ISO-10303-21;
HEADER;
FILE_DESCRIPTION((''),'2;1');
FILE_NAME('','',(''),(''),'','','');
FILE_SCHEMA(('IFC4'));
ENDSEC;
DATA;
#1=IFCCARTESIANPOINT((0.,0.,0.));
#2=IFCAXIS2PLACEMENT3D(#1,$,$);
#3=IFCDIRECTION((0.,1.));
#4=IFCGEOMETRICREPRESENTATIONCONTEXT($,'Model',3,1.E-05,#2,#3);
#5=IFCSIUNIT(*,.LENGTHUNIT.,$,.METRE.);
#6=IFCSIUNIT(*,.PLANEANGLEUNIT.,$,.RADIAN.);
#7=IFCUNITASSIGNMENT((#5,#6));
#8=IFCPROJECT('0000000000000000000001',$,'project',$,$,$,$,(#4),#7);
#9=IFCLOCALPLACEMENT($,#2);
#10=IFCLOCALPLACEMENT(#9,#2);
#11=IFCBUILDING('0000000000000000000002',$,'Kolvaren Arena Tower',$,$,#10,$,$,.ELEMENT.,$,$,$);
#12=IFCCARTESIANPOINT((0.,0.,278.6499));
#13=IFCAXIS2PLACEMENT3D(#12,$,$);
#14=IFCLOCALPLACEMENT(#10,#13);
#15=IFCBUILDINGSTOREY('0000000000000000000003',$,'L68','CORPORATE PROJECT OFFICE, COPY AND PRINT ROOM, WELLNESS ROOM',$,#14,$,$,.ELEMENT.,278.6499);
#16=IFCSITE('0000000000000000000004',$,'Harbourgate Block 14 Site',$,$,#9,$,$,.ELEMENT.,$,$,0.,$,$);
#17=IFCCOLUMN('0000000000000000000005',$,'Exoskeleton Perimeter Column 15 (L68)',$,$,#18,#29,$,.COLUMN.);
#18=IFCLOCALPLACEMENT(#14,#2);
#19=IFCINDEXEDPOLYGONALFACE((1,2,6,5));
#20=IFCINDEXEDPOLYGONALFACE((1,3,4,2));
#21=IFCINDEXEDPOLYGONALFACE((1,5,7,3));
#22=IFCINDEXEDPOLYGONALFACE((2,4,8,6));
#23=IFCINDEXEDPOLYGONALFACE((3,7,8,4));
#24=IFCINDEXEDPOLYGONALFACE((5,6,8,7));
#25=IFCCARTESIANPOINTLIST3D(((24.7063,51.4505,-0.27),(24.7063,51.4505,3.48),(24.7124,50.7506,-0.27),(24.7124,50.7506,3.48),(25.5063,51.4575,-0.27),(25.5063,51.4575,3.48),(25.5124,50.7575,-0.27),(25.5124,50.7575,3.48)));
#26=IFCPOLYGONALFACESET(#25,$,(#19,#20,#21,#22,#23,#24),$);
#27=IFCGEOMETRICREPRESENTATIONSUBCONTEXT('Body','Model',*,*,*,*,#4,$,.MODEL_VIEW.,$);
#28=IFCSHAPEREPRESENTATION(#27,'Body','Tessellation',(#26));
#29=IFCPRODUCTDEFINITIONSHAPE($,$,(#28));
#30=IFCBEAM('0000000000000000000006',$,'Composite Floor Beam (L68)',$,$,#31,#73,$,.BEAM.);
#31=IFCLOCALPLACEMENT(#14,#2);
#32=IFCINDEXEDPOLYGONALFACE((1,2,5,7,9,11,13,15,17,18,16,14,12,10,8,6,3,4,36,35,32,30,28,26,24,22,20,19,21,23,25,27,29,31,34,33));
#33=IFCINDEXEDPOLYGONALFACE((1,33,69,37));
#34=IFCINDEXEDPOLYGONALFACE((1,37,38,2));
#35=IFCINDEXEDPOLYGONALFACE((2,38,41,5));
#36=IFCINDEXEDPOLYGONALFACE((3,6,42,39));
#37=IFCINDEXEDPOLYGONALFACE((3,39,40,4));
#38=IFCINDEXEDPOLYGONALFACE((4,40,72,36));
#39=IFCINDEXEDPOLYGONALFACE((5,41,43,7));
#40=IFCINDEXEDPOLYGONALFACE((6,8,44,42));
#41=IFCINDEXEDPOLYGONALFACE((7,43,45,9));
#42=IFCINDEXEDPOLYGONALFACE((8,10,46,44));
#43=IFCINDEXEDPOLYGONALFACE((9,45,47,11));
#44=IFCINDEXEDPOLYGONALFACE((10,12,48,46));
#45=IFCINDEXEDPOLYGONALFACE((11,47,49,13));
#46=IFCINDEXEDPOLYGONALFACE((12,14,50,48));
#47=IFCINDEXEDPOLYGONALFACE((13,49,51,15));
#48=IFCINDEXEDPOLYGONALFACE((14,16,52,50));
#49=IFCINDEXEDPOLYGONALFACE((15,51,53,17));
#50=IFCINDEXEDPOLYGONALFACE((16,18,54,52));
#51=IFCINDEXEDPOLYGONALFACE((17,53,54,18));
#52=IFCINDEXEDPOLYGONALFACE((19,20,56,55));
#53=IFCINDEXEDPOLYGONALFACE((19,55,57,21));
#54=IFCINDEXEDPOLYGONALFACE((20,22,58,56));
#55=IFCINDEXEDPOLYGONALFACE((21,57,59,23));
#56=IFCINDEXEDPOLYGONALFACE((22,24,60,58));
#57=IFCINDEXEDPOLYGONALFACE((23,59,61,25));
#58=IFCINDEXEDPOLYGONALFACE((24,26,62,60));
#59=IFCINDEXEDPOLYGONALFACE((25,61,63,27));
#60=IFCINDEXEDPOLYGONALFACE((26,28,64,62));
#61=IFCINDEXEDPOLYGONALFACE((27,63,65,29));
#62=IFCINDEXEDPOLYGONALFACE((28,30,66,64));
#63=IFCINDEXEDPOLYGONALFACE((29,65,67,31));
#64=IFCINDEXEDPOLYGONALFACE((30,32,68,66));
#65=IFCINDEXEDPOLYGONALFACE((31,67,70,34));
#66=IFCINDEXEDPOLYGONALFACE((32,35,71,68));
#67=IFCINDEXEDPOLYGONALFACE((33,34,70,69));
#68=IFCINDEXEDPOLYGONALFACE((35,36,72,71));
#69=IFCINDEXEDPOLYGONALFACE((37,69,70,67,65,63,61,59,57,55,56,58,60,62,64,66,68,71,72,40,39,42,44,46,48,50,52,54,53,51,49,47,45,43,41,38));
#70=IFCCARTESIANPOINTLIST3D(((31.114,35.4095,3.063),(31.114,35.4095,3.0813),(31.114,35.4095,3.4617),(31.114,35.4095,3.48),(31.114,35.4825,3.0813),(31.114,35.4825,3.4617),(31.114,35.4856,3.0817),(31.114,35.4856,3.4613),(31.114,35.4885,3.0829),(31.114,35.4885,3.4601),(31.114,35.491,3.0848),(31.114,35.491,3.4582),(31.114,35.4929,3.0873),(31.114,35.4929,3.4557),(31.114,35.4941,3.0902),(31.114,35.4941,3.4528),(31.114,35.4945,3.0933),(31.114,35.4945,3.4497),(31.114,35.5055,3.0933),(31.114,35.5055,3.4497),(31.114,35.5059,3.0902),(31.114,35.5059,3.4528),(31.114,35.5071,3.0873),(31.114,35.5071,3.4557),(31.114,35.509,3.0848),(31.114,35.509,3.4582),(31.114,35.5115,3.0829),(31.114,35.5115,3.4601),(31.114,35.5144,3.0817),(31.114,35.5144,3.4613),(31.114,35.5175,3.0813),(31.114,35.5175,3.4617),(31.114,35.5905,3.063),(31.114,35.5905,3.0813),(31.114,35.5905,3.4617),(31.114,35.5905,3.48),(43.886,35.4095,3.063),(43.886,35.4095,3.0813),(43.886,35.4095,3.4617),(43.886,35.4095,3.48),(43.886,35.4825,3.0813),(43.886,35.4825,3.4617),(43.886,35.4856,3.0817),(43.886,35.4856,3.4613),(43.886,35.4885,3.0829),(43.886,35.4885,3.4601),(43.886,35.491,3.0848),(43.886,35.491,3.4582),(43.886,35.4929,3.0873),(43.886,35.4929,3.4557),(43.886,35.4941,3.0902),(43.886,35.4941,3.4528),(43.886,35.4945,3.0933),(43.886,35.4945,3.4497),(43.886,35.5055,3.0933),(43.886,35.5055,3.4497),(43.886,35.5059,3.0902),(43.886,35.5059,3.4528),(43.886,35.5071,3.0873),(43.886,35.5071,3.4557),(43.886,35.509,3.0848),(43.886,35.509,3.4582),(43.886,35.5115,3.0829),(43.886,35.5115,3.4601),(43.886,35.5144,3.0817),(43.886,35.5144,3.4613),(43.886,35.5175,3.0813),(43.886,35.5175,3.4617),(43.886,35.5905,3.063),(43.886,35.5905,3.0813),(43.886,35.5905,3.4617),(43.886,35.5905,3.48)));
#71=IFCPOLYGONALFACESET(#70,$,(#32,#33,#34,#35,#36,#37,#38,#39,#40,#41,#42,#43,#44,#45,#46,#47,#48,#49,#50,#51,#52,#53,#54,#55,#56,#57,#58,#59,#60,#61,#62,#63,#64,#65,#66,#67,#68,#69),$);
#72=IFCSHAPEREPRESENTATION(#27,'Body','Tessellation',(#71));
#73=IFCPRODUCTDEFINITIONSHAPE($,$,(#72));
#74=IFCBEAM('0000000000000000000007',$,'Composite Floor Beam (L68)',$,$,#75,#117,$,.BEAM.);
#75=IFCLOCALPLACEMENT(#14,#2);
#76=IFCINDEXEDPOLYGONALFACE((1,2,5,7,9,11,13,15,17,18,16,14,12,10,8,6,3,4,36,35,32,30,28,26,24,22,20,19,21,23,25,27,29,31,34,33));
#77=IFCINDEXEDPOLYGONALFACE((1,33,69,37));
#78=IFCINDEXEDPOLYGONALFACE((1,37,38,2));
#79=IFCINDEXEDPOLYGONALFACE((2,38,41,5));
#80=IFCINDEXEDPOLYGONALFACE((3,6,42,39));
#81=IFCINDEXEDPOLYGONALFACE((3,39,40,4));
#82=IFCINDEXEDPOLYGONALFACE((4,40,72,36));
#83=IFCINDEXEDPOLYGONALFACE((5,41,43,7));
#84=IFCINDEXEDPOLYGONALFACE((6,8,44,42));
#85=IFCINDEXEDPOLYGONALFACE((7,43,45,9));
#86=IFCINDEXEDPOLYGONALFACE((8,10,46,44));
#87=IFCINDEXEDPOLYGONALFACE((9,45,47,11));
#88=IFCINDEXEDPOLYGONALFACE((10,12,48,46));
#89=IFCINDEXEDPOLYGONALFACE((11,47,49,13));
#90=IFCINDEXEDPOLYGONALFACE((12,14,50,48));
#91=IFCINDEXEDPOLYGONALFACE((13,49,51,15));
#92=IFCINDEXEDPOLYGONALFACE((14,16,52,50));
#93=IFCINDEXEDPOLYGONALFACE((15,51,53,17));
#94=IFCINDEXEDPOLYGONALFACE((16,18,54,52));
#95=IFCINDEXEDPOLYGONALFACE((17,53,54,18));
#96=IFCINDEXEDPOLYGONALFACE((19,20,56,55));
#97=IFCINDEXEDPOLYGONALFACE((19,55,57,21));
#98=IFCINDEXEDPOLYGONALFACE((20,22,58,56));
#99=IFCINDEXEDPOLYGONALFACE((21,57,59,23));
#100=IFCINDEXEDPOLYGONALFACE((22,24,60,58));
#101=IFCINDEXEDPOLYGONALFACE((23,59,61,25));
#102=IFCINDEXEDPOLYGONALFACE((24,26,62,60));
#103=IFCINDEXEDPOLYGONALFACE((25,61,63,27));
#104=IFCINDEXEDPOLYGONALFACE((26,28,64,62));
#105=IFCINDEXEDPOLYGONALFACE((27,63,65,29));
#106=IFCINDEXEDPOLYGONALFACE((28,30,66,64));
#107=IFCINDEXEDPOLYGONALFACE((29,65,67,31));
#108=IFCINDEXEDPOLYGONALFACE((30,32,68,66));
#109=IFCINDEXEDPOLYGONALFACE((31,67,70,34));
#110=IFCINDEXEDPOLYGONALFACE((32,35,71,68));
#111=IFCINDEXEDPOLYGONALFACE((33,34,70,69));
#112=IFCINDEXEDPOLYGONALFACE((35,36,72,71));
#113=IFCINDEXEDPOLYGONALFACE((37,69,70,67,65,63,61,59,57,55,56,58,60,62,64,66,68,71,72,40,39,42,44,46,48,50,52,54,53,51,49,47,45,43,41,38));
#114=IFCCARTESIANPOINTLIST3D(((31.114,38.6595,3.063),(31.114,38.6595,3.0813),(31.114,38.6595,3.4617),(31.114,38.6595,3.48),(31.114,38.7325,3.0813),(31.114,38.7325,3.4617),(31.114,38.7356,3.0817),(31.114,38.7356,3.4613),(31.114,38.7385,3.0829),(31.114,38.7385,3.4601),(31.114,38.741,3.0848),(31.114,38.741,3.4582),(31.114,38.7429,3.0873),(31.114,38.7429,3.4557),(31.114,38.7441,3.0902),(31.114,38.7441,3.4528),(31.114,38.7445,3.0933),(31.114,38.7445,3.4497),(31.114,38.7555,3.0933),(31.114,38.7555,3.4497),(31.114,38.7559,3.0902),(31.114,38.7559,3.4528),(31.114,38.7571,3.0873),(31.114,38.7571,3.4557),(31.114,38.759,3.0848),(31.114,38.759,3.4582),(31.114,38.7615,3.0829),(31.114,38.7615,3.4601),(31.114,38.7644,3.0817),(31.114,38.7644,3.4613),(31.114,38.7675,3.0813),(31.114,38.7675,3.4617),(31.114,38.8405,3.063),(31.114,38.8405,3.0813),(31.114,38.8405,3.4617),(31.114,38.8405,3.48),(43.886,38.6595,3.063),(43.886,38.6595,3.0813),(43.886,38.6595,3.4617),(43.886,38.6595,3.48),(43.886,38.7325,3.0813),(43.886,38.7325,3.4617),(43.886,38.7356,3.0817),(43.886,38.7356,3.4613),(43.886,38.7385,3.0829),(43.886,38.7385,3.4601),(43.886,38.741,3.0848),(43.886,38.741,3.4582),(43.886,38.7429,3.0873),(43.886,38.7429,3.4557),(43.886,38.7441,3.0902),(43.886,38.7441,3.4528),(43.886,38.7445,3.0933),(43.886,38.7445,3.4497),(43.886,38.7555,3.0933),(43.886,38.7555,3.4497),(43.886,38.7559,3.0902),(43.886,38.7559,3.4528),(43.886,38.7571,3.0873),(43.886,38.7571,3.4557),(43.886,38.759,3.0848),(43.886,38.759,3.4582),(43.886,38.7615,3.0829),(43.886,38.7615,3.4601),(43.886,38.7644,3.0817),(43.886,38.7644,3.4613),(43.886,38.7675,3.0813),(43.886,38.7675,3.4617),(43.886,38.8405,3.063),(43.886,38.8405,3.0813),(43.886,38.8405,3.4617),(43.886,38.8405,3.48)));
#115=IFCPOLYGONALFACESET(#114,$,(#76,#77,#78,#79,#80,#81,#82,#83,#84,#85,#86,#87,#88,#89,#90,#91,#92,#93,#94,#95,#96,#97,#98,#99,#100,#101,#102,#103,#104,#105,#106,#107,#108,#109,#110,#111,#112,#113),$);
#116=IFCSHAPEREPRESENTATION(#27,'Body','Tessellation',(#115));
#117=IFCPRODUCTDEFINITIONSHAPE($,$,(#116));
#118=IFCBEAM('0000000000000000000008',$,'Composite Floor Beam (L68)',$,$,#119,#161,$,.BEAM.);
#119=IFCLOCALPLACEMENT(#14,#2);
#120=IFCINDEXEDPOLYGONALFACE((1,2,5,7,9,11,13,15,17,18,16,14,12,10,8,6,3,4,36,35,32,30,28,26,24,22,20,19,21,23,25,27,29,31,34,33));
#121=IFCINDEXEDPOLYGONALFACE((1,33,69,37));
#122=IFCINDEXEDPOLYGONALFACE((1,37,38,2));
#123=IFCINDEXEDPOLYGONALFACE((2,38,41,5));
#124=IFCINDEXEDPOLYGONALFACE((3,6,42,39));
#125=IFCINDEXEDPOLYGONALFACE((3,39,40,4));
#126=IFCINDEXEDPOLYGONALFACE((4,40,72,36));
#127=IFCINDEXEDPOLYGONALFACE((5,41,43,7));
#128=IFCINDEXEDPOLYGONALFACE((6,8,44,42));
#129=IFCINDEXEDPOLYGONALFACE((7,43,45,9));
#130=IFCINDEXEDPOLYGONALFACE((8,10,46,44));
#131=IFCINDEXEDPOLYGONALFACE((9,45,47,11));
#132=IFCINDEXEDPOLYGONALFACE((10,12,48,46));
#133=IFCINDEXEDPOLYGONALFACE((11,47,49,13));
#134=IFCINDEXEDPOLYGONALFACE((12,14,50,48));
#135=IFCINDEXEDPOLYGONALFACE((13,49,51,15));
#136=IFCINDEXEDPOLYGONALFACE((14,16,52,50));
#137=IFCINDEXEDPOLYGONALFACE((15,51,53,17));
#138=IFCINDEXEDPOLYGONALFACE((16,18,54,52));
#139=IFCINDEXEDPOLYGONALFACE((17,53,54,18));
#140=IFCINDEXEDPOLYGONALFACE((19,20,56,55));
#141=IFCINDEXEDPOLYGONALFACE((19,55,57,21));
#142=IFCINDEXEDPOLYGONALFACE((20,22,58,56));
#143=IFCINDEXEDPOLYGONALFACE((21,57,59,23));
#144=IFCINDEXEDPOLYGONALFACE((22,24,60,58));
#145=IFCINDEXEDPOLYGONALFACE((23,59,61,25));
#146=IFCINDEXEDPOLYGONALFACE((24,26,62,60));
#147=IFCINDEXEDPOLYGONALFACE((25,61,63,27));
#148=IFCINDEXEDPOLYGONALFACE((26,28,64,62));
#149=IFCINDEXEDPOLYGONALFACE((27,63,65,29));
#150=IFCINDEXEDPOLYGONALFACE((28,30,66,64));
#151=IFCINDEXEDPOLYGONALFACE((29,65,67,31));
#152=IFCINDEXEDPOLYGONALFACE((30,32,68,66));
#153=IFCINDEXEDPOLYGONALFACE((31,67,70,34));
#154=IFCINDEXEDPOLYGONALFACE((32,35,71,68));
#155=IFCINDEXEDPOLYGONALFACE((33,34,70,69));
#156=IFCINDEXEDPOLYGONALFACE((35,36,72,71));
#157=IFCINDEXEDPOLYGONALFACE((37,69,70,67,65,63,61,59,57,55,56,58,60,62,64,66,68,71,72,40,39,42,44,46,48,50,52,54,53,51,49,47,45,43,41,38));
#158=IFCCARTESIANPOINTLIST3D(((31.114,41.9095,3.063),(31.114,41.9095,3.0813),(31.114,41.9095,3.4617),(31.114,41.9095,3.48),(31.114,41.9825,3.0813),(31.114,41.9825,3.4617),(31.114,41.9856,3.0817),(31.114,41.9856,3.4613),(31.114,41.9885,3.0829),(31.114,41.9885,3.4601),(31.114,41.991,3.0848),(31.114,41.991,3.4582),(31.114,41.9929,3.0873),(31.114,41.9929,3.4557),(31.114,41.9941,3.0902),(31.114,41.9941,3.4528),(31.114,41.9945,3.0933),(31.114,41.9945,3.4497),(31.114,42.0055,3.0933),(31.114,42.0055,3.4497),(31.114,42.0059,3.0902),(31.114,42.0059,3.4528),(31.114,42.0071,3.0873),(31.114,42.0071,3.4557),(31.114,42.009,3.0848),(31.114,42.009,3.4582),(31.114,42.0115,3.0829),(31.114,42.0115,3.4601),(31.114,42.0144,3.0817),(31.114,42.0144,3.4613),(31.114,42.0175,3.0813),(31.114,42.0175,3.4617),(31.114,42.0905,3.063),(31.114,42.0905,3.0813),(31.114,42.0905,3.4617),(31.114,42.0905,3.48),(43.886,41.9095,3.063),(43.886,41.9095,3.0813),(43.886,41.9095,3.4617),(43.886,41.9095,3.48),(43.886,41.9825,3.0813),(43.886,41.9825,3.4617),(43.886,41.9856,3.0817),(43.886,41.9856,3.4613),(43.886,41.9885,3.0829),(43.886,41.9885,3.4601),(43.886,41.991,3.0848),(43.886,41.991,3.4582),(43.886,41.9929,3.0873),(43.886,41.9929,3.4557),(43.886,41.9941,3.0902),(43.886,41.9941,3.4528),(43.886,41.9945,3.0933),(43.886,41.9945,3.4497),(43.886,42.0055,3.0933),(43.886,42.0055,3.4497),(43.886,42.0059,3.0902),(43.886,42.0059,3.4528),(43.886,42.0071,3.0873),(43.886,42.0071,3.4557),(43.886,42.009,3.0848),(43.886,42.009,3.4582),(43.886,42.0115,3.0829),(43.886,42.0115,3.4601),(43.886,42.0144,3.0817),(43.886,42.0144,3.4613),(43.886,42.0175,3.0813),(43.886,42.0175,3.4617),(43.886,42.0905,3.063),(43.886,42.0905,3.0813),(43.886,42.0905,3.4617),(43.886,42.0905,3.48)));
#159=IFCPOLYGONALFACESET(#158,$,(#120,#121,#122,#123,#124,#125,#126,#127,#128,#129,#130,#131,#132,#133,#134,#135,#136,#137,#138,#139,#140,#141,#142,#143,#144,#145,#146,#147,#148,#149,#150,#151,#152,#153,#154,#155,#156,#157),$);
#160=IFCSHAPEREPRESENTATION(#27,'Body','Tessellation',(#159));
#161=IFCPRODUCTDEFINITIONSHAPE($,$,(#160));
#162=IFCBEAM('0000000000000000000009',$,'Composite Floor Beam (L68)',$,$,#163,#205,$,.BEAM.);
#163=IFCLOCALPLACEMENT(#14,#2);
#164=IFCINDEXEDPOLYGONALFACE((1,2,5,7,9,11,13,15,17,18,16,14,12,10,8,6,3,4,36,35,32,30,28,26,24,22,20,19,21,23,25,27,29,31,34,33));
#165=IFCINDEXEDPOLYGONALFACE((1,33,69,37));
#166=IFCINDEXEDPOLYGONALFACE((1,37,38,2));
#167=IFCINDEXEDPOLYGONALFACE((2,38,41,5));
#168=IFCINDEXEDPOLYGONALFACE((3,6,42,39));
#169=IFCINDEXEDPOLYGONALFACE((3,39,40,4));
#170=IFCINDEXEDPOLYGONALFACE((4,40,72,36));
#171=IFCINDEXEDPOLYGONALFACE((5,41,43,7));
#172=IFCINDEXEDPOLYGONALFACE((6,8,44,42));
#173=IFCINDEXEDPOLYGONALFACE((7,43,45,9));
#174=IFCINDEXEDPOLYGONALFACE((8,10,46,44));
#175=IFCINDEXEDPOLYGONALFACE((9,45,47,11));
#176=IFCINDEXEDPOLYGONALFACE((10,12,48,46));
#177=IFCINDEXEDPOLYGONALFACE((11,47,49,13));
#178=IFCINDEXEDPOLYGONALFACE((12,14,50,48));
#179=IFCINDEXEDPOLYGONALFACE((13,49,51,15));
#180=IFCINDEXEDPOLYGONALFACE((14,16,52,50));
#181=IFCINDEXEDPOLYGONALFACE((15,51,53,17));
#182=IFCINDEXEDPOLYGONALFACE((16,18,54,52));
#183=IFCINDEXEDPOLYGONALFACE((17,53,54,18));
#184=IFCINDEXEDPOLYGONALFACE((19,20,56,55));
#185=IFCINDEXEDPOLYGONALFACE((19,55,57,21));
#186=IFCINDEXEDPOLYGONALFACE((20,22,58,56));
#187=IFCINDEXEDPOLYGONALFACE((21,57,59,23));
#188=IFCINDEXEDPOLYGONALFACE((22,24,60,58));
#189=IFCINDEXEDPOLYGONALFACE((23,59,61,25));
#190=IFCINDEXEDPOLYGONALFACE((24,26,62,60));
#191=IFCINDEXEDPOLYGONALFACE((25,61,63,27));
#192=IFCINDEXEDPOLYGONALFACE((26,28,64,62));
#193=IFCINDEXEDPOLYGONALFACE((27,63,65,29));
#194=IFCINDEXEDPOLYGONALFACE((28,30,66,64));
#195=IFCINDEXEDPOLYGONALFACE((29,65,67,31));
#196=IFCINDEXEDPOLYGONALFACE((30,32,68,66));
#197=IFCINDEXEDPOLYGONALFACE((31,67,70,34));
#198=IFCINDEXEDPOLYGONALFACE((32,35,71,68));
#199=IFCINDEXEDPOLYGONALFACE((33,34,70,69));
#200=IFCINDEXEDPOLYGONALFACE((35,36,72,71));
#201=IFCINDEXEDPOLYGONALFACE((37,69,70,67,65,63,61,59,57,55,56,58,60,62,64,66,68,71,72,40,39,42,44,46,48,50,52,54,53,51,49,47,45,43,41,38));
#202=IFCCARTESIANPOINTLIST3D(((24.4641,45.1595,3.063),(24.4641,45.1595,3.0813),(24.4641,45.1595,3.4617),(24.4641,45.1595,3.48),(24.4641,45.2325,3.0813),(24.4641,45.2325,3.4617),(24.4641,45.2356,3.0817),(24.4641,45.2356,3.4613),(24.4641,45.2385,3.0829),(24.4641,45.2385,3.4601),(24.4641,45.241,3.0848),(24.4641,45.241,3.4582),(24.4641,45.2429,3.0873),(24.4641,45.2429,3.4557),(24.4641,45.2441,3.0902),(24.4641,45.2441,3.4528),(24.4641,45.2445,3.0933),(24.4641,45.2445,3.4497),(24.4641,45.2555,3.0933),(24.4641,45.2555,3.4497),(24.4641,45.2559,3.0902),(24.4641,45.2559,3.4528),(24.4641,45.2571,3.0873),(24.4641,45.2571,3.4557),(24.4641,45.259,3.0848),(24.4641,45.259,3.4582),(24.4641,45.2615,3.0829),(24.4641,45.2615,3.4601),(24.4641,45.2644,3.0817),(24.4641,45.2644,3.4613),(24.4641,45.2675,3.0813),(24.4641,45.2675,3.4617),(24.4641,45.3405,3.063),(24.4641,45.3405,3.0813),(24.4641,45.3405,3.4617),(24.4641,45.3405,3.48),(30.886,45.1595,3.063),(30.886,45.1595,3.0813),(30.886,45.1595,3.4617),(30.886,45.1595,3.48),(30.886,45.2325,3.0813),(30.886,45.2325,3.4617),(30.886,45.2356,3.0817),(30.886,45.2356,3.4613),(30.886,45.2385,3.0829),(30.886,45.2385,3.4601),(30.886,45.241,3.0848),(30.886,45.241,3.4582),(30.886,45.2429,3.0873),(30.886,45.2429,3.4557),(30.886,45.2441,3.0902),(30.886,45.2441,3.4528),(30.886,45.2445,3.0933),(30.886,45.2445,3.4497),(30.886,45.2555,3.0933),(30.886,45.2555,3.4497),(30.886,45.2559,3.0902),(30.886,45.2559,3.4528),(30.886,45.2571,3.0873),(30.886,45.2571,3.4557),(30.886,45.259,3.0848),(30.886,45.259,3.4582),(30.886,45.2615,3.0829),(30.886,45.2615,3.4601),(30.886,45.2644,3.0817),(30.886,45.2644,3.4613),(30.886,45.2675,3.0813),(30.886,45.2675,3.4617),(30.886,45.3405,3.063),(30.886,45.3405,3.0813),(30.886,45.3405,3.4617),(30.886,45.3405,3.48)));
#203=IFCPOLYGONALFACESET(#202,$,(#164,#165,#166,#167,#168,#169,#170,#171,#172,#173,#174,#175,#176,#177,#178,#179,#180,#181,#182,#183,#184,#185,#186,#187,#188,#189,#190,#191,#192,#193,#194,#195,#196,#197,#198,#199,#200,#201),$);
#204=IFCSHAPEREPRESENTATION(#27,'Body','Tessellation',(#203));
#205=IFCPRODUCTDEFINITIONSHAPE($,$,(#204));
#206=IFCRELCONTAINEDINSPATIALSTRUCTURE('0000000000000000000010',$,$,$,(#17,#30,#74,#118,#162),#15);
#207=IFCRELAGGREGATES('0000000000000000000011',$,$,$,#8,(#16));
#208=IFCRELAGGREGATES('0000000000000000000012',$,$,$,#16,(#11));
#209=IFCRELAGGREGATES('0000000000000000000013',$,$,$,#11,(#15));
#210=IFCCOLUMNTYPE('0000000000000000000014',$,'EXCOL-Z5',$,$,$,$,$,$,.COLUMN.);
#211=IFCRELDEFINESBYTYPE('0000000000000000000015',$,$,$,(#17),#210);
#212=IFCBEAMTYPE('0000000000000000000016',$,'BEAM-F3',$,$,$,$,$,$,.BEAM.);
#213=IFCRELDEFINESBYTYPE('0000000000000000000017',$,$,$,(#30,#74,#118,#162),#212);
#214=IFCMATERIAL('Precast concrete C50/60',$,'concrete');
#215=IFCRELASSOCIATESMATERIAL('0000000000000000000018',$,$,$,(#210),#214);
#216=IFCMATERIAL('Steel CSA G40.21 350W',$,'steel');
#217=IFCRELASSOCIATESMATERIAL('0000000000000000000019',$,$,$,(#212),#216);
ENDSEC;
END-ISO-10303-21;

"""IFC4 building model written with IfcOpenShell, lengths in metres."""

from ifc_helpers import new_model, si_unit, direction, frame, origin, origin_2d, place, context, subcontext, project, spatial, rectangle, i_section, extrude, material, material_profile, profile_set, type_object, element, save


model = new_model("IFC4")

# Units and contexts
model_context = context("Model", 3, precision=1e-05, world=origin(), true_north=direction((0.0, 1.0)))
body_context = subcontext(model_context, "Body", "Model", "MODEL_VIEW")
ifc_project = project(units=[si_unit("LENGTHUNIT", "METRE"), si_unit("PLANEANGLEUNIT", "RADIAN")], contexts=[model_context])

# Site, building, storey
site_placement = place(None, origin())
site = spatial("IfcSite", under=ifc_project, at=site_placement, Name="Harbourgate Block 14 Site", CompositionType="ELEMENT", RefElevation=0.0)
building_placement = place(site_placement, origin())
building = spatial("IfcBuilding", under=site, at=building_placement, Name="Kolvaren Arena Tower", CompositionType="ELEMENT")
storey_placement = place(building_placement, frame((0.0, 0.0, 278.6499)))
storey = spatial("IfcBuildingStorey", under=building, at=storey_placement, Name="L68", Description="CORPORATE PROJECT OFFICE, COPY AND PRINT ROOM, WELLNESS ROOM", CompositionType="ELEMENT", Elevation=278.6499)

# Column
ifc_material_1 = material(Name="Precast concrete C50/60", Category="concrete")
ifc_material_profile_1 = material_profile(ifc_material_1, rectangle(XDim=0.8, YDim=0.7, at=origin_2d()), Name="RC-800x700")
ifc_profile_set_1 = profile_set([ifc_material_profile_1], Name="Precast concrete C50/60")
column_type = type_object("IfcColumnType", Name="EXCOL-Z5", PredefinedType="COLUMN", material=ifc_profile_set_1)
column_placement = place(storey_placement, frame((25.1094, 51.104, -0.27), z_axis=(0.0, 0.0, 1.0), x_axis=(0.999962, 0.008727, 0.0)))
element("IfcColumn", 1, at=column_placement, inside=storey, type_object=column_type, Name="Exoskeleton Perimeter Column 15 (L68)", PredefinedType="COLUMN", context=body_context, shape_type="SweptSolid", body=[
    extrude(rectangle(XDim=0.8, YDim=0.7, at=origin_2d()), origin(), (0.0, 0.0, 1.0), 3.75),
])

# Beams
ifc_material_2 = material(Name="Steel CSA G40.21 350W", Category="steel")
ifc_material_profile_2 = material_profile(ifc_material_2, i_section(OverallWidth=0.1809, OverallDepth=0.417, WebThickness=0.011, FlangeThickness=0.0183, FilletRadius=0.012, at=origin_2d()), Name="W410x85")
ifc_profile_set_2 = profile_set([ifc_material_profile_2], Name="Steel CSA G40.21 350W")
beam_type_1 = type_object("IfcBeamType", Name="BEAM-F3", PredefinedType="BEAM", material=ifc_profile_set_2)
for number, where, z_axis, x_axis, name in (
    (2, (31.114, 35.5, 3.2715), (1.0, 0.0, 0.0), (0.0, 1.0, 0.0), "Composite Floor Beam (L68)"),
    (3, (31.114, 38.75, 3.2715), (1.0, 0.0, 0.0), (0.0, 1.0, 0.0), "Composite Floor Beam (L68)"),
    (4, (31.114, 42.0, 3.2715), (1.0, 0.0, 0.0), (0.0, 1.0, 0.0), "Composite Floor Beam (L68)"),
):
    element("IfcBeam", number, at=place(storey_placement, frame(where, z_axis=z_axis, x_axis=x_axis)), inside=storey, type_object=beam_type_1, Name=name, PredefinedType="BEAM", context=body_context, shape_type="SweptSolid", body=[
        extrude(i_section(OverallWidth=0.1809, OverallDepth=0.417, WebThickness=0.011, FlangeThickness=0.0183, FilletRadius=0.012, at=origin_2d()), origin(), (0.0, 0.0, 1.0), 12.772),
    ])
beam_1_placement = place(storey_placement, frame((24.4641, 45.25, 3.2715), z_axis=(1.0, 0.0, 0.0), x_axis=(0.0, 1.0, 0.0)))
element("IfcBeam", 5, at=beam_1_placement, inside=storey, type_object=beam_type_1, Name="Composite Floor Beam (L68)", PredefinedType="BEAM", context=body_context, shape_type="SweptSolid", body=[
    extrude(i_section(OverallWidth=0.1809, OverallDepth=0.417, WebThickness=0.011, FlangeThickness=0.0183, FilletRadius=0.012, at=origin_2d()), origin(), (0.0, 0.0, 1.0), 6.4219),
])

save(model, "model.ifc")
